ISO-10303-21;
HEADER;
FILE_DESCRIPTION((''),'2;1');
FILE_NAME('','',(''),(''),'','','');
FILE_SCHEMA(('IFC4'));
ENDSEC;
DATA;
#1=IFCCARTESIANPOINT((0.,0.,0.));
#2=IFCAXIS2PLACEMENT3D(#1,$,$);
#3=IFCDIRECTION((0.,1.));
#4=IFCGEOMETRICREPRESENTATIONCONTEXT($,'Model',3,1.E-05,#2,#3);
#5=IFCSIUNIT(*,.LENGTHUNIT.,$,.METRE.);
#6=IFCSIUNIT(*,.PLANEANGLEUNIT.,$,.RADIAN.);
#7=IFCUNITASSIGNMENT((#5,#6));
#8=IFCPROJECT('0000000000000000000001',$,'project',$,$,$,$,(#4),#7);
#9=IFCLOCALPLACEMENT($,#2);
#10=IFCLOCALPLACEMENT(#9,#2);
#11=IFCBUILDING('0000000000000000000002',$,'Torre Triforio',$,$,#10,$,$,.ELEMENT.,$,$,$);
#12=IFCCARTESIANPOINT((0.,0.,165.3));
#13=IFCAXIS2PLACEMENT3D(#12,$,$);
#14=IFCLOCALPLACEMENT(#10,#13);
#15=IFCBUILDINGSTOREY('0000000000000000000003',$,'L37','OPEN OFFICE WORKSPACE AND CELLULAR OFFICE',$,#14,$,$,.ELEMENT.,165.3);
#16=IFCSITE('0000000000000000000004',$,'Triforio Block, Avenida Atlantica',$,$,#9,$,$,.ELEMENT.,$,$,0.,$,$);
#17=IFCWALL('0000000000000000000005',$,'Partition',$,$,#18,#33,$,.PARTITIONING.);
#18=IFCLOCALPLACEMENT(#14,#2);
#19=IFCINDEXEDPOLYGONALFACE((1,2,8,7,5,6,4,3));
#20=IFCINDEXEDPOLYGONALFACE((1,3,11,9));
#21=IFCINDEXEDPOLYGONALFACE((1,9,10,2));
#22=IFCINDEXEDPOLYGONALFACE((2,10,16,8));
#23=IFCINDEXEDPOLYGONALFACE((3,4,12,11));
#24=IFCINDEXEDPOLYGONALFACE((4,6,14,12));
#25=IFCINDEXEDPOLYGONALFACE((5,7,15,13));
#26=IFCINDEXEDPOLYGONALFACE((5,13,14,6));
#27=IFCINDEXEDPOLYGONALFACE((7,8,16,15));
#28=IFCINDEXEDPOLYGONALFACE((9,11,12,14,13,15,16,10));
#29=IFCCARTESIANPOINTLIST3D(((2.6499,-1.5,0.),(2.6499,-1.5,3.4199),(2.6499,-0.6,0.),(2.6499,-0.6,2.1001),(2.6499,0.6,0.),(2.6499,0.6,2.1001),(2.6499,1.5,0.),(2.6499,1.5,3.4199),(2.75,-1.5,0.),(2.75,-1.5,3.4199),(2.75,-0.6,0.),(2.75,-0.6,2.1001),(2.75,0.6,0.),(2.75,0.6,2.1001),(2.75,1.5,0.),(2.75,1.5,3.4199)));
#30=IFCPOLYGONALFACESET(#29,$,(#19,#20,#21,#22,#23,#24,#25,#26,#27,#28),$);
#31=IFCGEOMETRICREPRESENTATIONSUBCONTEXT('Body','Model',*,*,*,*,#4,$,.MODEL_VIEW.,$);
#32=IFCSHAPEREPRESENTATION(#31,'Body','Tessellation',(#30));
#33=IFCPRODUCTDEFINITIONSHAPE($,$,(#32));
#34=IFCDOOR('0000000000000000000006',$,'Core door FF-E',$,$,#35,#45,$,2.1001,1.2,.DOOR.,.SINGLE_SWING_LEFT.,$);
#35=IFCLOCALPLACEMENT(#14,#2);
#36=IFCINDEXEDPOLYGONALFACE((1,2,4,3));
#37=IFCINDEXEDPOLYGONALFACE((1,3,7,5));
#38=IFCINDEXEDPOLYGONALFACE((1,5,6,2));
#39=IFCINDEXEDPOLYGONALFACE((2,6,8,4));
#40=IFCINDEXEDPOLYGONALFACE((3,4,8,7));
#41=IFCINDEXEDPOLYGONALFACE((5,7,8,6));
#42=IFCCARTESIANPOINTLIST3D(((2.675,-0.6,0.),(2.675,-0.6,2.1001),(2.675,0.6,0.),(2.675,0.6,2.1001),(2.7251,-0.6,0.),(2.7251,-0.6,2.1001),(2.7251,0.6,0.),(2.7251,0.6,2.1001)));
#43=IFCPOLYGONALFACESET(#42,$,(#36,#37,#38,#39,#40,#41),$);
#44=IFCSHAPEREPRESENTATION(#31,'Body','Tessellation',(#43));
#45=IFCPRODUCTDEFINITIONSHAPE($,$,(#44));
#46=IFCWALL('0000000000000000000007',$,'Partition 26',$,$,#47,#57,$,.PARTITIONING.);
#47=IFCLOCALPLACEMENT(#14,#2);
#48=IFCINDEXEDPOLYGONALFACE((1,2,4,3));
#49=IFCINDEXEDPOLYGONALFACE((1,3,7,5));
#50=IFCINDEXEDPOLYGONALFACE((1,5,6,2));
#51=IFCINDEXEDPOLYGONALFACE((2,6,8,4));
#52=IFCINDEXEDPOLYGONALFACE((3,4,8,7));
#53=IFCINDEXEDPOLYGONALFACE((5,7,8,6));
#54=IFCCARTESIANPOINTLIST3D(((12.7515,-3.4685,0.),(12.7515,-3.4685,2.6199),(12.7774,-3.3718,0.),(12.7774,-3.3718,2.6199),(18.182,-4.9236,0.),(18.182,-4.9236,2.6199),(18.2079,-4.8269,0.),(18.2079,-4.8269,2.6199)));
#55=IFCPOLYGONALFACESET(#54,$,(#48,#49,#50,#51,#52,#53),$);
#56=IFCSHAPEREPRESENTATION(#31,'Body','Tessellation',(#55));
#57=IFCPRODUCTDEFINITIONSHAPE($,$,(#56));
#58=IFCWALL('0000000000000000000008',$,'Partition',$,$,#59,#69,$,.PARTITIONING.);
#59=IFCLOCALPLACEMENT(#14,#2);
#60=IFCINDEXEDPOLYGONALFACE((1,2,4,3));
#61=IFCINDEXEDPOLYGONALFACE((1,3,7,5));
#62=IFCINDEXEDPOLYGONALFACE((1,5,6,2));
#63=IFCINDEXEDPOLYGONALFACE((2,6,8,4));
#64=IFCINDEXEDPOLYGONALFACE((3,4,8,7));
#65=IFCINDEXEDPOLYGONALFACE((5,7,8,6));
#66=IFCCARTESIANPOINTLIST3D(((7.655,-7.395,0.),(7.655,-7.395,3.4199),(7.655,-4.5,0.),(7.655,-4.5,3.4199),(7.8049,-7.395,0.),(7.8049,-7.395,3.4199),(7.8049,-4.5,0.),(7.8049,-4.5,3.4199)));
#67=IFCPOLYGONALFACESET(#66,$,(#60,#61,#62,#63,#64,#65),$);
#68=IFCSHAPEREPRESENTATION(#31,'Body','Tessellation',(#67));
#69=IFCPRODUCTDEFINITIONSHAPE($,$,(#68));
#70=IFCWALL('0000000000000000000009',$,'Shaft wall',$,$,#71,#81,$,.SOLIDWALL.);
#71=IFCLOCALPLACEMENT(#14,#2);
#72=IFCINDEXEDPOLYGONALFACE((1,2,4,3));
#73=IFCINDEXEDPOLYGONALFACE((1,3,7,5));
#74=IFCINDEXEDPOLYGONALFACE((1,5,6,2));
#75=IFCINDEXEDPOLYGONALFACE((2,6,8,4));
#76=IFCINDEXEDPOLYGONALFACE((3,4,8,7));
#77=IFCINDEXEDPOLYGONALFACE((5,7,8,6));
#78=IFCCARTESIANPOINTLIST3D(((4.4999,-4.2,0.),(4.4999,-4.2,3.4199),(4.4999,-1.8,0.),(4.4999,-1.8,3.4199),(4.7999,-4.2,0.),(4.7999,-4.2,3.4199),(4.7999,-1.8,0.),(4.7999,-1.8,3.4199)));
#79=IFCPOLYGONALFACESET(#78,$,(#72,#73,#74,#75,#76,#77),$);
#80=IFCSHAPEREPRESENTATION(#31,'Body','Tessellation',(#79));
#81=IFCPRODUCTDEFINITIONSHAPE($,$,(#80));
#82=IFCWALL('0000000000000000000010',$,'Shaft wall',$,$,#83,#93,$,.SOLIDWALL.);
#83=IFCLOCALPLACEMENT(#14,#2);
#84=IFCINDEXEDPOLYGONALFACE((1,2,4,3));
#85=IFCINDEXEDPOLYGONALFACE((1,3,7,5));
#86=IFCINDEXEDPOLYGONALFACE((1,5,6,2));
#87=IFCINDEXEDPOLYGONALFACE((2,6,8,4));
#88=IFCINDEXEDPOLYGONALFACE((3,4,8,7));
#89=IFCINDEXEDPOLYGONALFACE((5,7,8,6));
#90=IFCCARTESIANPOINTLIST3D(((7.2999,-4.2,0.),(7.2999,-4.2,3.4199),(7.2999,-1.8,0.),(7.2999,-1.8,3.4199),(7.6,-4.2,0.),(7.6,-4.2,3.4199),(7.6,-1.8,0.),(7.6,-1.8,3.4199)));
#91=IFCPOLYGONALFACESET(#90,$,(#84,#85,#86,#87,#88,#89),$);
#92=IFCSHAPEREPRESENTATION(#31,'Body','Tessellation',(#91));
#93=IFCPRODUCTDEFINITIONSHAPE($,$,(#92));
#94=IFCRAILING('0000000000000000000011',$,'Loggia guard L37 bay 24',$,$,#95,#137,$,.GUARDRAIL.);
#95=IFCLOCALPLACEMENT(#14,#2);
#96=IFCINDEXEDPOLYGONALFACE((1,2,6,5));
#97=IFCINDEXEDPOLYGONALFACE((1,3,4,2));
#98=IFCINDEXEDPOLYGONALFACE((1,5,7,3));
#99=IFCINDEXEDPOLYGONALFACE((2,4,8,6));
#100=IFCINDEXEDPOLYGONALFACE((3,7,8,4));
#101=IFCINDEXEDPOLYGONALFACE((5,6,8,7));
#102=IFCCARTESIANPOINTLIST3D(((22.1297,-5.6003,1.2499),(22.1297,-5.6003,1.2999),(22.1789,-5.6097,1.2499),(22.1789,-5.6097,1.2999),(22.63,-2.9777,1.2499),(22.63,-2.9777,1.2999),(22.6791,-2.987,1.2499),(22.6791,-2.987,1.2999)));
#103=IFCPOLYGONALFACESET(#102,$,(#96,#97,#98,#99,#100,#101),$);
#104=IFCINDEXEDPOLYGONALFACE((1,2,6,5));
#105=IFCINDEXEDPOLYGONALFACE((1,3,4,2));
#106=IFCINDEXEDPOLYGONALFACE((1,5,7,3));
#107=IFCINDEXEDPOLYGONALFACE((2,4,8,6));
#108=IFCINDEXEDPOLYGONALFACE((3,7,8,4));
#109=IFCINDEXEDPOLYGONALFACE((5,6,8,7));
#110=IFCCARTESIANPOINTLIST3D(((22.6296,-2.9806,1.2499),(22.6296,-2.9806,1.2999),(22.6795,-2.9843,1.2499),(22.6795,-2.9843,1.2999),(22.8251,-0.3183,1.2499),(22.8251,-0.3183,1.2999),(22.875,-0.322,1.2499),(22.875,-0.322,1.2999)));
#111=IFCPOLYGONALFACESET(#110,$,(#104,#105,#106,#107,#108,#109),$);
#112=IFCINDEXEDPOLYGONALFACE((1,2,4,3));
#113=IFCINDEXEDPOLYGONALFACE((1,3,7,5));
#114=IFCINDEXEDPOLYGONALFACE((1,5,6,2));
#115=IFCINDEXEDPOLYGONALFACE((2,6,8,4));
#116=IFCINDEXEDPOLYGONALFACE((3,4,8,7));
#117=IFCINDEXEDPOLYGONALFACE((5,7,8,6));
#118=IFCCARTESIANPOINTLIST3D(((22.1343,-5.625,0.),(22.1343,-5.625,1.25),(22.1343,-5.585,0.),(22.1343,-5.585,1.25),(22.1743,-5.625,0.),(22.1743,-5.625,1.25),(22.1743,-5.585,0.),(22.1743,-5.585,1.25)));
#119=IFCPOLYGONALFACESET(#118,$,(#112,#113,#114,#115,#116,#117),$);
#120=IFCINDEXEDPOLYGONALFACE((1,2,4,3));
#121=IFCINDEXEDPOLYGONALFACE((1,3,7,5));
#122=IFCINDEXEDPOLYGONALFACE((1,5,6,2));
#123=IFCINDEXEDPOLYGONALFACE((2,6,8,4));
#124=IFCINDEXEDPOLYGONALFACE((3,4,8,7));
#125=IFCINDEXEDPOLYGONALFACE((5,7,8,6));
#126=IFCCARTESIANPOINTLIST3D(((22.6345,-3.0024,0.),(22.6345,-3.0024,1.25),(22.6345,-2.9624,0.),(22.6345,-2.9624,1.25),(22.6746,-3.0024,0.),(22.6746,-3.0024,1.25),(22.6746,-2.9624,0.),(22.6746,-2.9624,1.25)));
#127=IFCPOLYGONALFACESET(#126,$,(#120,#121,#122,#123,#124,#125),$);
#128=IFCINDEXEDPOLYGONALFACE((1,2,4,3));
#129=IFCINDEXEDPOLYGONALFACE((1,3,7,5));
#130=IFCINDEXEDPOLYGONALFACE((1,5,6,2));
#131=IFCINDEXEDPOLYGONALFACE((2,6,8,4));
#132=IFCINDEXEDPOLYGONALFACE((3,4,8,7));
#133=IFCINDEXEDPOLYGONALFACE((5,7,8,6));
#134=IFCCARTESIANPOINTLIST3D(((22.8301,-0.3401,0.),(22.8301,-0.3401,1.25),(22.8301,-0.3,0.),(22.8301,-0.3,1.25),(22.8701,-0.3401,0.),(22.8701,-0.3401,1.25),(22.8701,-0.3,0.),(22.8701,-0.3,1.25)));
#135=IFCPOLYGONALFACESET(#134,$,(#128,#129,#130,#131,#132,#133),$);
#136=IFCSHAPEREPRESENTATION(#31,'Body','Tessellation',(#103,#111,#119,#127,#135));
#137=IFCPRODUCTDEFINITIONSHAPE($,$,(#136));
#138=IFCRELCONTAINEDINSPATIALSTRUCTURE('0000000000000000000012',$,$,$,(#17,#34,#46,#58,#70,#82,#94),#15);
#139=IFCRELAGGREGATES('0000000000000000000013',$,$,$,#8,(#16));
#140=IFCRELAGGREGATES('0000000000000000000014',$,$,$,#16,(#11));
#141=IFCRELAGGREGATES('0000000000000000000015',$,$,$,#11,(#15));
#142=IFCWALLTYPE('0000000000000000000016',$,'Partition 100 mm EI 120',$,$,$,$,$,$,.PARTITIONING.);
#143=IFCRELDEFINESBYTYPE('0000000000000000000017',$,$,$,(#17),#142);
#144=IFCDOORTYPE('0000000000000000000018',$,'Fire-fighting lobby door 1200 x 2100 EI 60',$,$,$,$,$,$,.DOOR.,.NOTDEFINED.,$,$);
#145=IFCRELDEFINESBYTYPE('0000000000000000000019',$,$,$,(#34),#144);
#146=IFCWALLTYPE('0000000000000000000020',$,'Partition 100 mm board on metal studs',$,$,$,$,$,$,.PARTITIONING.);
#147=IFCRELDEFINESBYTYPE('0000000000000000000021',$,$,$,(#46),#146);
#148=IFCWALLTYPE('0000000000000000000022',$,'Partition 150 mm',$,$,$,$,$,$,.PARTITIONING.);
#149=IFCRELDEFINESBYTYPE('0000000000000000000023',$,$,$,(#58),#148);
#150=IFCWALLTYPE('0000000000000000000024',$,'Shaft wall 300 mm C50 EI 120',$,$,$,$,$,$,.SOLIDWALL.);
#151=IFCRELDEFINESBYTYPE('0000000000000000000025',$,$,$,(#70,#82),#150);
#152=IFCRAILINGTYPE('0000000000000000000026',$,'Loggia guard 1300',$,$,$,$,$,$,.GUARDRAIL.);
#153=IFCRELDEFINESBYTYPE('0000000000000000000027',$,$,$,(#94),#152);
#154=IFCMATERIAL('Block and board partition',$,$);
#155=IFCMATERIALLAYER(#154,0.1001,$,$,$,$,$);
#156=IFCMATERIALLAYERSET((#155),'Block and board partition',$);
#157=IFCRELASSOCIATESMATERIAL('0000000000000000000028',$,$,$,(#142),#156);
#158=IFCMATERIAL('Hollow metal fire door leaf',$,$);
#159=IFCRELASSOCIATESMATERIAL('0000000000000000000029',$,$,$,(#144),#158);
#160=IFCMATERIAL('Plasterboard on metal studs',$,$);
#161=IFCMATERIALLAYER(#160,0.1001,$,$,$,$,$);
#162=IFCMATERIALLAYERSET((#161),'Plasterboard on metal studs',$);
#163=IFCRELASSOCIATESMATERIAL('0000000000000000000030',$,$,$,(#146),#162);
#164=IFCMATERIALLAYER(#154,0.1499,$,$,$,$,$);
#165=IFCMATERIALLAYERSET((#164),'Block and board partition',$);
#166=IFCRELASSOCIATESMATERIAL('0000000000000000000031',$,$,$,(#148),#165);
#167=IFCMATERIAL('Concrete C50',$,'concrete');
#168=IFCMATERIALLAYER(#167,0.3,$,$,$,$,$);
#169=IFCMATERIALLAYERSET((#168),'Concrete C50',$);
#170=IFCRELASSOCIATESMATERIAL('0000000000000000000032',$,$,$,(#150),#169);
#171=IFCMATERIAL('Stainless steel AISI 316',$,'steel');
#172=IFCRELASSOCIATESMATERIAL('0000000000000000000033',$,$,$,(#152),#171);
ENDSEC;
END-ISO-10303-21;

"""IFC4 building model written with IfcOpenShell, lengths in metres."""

from ifc_helpers import new_model, si_unit, direction, frame, frame_2d, origin, origin_2d, place, context, subcontext, project, spatial, rectangle, extrude, material, layer, layer_set, type_object, element, fill, save


model = new_model("IFC4")

# Units and contexts
model_context = context("Model", 3, precision=1e-05, world=origin(), true_north=direction((0.0, 1.0)))
body_context = subcontext(model_context, "Body", "Model", "MODEL_VIEW")
ifc_project = project(units=[si_unit("LENGTHUNIT", "METRE"), si_unit("PLANEANGLEUNIT", "RADIAN")], contexts=[model_context])

# Site, building, storey
site_placement = place(None, origin())
site = spatial("IfcSite", under=ifc_project, at=site_placement, Name="Triforio Block, Avenida Atlantica", CompositionType="ELEMENT", RefElevation=0.0)
building_placement = place(site_placement, origin())
building = spatial("IfcBuilding", under=site, at=building_placement, Name="Torre Triforio", CompositionType="ELEMENT")
storey_placement = place(building_placement, frame((0.0, 0.0, 165.3)))
storey = spatial("IfcBuildingStorey", under=building, at=storey_placement, Name="L37", Description="OPEN OFFICE WORKSPACE AND CELLULAR OFFICE", CompositionType="ELEMENT", Elevation=165.3)

# Shared definitions
ifc_material_1 = material(Name="Concrete C50", Category="concrete")

# Wall, opening, door
ifc_material_2 = material(Name="Hollow metal fire door leaf")
ifc_material_3 = material(Name="Plasterboard on metal studs")
ifc_material_4 = material(Name="Block and board partition")
ifc_layer_1 = layer(ifc_material_4, 0.1001)
ifc_layer_set_1 = layer_set([ifc_layer_1], Name="Block and board partition")
wall_type_1 = type_object("IfcWallType", Name="Partition 100 mm EI 120", PredefinedType="PARTITIONING", material=ifc_layer_set_1)
wall_1_placement = place(storey_placement, frame((2.7, -1.5, 0.0), z_axis=(0.0, 0.0, 1.0), x_axis=(0.0, 1.0, 0.0)))
wall_1 = element("IfcWall", 1, at=wall_1_placement, inside=storey, type_object=wall_type_1, Name="Partition", PredefinedType="PARTITIONING", context=body_context, shape_type="SweptSolid", body=[
    extrude(rectangle(XDim=3.0, YDim=0.1001, at=frame_2d((1.5, 0.0))), origin(), (0.0, 0.0, 1.0), 3.4199),
])
opening_1_placement = place(wall_1_placement, frame((0.8999, 0.0, 0.0)))
opening_1 = element("IfcOpeningElement", 2, at=opening_1_placement, cuts=wall_1, PredefinedType="OPENING", context=body_context, shape_type="SweptSolid", body=[
    extrude(rectangle(XDim=1.2, YDim=2.1001, at=frame_2d((0.6001, 1.05))), frame((0.0, 0.0601, 0.0), z_axis=(0.0, -1.0, 0.0), x_axis=(1.0, 0.0, 0.0)), (0.0, 0.0, 1.0), 0.1201),
])
door_type_1 = type_object("IfcDoorType", Name="Fire-fighting lobby door 1200 x 2100 EI 60", OperationType="NOTDEFINED", PredefinedType="DOOR", material=ifc_material_2)
door_1_placement = place(opening_1_placement, origin())
door_1 = element("IfcDoor", 3, at=door_1_placement, inside=storey, type_object=door_type_1, Name="Core door FF-E", OperationType="SINGLE_SWING_LEFT", OverallHeight=2.1001, OverallWidth=1.2, PredefinedType="DOOR", context=body_context, shape_type="SweptSolid", body=[
    extrude(rectangle(XDim=1.2, YDim=2.1001, at=frame_2d((0.6001, 1.05))), frame((0.0, 0.0249, 0.0), z_axis=(0.0, -1.0, 0.0), x_axis=(1.0, 0.0, 0.0)), (0.0, 0.0, 1.0), 0.05),
])
fill(opening_1, door_1)

# Walls
ifc_layer_2 = layer(ifc_material_3, 0.1001)
ifc_layer_set_2 = layer_set([ifc_layer_2], Name="Plasterboard on metal studs")
wall_type_2 = type_object("IfcWallType", Name="Partition 100 mm board on metal studs", PredefinedType="PARTITIONING", material=ifc_layer_set_2)
wall_2_placement = place(storey_placement, frame((12.7644, -3.4202, 0.0), z_axis=(0.0, 0.0, 1.0), x_axis=(0.965926, -0.258819, 0.0)))
element("IfcWall", 4, at=wall_2_placement, inside=storey, type_object=wall_type_2, Name="Partition 26", PredefinedType="PARTITIONING", context=body_context, shape_type="SweptSolid", body=[
    extrude(rectangle(XDim=5.6221, YDim=0.1001, at=frame_2d((2.811, 0.0))), origin(), (0.0, 0.0, 1.0), 2.6199),
])
ifc_layer_3 = layer(ifc_material_4, 0.1499)
ifc_layer_set_3 = layer_set([ifc_layer_3], Name="Block and board partition")
wall_type_3 = type_object("IfcWallType", Name="Partition 150 mm", PredefinedType="PARTITIONING", material=ifc_layer_set_3)
wall_3_placement = place(storey_placement, frame((7.73, -7.395, 0.0), z_axis=(0.0, 0.0, 1.0), x_axis=(0.0, 1.0, 0.0)))
element("IfcWall", 5, at=wall_3_placement, inside=storey, type_object=wall_type_3, Name="Partition", PredefinedType="PARTITIONING", context=body_context, shape_type="SweptSolid", body=[
    extrude(rectangle(XDim=2.895, YDim=0.1499, at=frame_2d((1.4475, 0.0))), origin(), (0.0, 0.0, 1.0), 3.4199),
])
ifc_layer_4 = layer(ifc_material_1, 0.3)
ifc_layer_set_4 = layer_set([ifc_layer_4], Name="Concrete C50")
wall_type_4 = type_object("IfcWallType", Name="Shaft wall 300 mm C50 EI 120", PredefinedType="SOLIDWALL", material=ifc_layer_set_4)
for number, where, z_axis, x_axis, name in (
    (6, (4.6499, -4.2, 0.0), (0.0, 0.0, 1.0), (0.0, 1.0, 0.0), "Shaft wall"),
    (7, (7.45, -4.2, 0.0), (0.0, 0.0, 1.0), (0.0, 1.0, 0.0), "Shaft wall"),
):
    element("IfcWall", number, at=place(storey_placement, frame(where, z_axis=z_axis, x_axis=x_axis)), inside=storey, type_object=wall_type_4, Name=name, PredefinedType="SOLIDWALL", context=body_context, shape_type="SweptSolid", body=[
        extrude(rectangle(XDim=2.3999, YDim=0.3, at=frame_2d((1.2, 0.0))), origin(), (0.0, 0.0, 1.0), 3.4199),
    ])

# Railing
ifc_material_5 = material(Name="Stainless steel AISI 316", Category="steel")
railing_type = type_object("IfcRailingType", Name="Loggia guard 1300", PredefinedType="GUARDRAIL", material=ifc_material_5)
railing_placement = place(storey_placement, frame((22.1543, -5.605, 0.0)))
element("IfcRailing", 8, at=railing_placement, inside=storey, type_object=railing_type, Name="Loggia guard L37 bay 24", PredefinedType="GUARDRAIL", context=body_context, shape_type="SweptSolid", body=[
    extrude(rectangle(XDim=0.05, YDim=0.05, at=origin_2d()), frame((0.0, 0.0, 1.2749), z_axis=(0.187368, 0.98229, 0.0), x_axis=(-0.98229, 0.187368, 0.0)), (0.0, 0.0, 1.0), 2.6699),
    extrude(rectangle(XDim=0.05, YDim=0.05, at=origin_2d()), frame((0.5002, 2.6226, 1.2749), z_axis=(0.073255, 0.997313, 0.0), x_axis=(-0.997313, 0.073255, 0.0)), (0.0, 0.0, 1.0), 2.6694),
    extrude(rectangle(XDim=0.04, YDim=0.04, at=origin_2d()), origin(), (0.0, 0.0, 1.0), 1.25),
    extrude(rectangle(XDim=0.04, YDim=0.04, at=origin_2d()), frame((0.5002, 2.6226, 0.0)), (0.0, 0.0, 1.0), 1.25),
    extrude(rectangle(XDim=0.04, YDim=0.04, at=origin_2d()), frame((0.6958, 5.2849, 0.0)), (0.0, 0.0, 1.0), 1.25),
])

save(model, "model.ifc")
